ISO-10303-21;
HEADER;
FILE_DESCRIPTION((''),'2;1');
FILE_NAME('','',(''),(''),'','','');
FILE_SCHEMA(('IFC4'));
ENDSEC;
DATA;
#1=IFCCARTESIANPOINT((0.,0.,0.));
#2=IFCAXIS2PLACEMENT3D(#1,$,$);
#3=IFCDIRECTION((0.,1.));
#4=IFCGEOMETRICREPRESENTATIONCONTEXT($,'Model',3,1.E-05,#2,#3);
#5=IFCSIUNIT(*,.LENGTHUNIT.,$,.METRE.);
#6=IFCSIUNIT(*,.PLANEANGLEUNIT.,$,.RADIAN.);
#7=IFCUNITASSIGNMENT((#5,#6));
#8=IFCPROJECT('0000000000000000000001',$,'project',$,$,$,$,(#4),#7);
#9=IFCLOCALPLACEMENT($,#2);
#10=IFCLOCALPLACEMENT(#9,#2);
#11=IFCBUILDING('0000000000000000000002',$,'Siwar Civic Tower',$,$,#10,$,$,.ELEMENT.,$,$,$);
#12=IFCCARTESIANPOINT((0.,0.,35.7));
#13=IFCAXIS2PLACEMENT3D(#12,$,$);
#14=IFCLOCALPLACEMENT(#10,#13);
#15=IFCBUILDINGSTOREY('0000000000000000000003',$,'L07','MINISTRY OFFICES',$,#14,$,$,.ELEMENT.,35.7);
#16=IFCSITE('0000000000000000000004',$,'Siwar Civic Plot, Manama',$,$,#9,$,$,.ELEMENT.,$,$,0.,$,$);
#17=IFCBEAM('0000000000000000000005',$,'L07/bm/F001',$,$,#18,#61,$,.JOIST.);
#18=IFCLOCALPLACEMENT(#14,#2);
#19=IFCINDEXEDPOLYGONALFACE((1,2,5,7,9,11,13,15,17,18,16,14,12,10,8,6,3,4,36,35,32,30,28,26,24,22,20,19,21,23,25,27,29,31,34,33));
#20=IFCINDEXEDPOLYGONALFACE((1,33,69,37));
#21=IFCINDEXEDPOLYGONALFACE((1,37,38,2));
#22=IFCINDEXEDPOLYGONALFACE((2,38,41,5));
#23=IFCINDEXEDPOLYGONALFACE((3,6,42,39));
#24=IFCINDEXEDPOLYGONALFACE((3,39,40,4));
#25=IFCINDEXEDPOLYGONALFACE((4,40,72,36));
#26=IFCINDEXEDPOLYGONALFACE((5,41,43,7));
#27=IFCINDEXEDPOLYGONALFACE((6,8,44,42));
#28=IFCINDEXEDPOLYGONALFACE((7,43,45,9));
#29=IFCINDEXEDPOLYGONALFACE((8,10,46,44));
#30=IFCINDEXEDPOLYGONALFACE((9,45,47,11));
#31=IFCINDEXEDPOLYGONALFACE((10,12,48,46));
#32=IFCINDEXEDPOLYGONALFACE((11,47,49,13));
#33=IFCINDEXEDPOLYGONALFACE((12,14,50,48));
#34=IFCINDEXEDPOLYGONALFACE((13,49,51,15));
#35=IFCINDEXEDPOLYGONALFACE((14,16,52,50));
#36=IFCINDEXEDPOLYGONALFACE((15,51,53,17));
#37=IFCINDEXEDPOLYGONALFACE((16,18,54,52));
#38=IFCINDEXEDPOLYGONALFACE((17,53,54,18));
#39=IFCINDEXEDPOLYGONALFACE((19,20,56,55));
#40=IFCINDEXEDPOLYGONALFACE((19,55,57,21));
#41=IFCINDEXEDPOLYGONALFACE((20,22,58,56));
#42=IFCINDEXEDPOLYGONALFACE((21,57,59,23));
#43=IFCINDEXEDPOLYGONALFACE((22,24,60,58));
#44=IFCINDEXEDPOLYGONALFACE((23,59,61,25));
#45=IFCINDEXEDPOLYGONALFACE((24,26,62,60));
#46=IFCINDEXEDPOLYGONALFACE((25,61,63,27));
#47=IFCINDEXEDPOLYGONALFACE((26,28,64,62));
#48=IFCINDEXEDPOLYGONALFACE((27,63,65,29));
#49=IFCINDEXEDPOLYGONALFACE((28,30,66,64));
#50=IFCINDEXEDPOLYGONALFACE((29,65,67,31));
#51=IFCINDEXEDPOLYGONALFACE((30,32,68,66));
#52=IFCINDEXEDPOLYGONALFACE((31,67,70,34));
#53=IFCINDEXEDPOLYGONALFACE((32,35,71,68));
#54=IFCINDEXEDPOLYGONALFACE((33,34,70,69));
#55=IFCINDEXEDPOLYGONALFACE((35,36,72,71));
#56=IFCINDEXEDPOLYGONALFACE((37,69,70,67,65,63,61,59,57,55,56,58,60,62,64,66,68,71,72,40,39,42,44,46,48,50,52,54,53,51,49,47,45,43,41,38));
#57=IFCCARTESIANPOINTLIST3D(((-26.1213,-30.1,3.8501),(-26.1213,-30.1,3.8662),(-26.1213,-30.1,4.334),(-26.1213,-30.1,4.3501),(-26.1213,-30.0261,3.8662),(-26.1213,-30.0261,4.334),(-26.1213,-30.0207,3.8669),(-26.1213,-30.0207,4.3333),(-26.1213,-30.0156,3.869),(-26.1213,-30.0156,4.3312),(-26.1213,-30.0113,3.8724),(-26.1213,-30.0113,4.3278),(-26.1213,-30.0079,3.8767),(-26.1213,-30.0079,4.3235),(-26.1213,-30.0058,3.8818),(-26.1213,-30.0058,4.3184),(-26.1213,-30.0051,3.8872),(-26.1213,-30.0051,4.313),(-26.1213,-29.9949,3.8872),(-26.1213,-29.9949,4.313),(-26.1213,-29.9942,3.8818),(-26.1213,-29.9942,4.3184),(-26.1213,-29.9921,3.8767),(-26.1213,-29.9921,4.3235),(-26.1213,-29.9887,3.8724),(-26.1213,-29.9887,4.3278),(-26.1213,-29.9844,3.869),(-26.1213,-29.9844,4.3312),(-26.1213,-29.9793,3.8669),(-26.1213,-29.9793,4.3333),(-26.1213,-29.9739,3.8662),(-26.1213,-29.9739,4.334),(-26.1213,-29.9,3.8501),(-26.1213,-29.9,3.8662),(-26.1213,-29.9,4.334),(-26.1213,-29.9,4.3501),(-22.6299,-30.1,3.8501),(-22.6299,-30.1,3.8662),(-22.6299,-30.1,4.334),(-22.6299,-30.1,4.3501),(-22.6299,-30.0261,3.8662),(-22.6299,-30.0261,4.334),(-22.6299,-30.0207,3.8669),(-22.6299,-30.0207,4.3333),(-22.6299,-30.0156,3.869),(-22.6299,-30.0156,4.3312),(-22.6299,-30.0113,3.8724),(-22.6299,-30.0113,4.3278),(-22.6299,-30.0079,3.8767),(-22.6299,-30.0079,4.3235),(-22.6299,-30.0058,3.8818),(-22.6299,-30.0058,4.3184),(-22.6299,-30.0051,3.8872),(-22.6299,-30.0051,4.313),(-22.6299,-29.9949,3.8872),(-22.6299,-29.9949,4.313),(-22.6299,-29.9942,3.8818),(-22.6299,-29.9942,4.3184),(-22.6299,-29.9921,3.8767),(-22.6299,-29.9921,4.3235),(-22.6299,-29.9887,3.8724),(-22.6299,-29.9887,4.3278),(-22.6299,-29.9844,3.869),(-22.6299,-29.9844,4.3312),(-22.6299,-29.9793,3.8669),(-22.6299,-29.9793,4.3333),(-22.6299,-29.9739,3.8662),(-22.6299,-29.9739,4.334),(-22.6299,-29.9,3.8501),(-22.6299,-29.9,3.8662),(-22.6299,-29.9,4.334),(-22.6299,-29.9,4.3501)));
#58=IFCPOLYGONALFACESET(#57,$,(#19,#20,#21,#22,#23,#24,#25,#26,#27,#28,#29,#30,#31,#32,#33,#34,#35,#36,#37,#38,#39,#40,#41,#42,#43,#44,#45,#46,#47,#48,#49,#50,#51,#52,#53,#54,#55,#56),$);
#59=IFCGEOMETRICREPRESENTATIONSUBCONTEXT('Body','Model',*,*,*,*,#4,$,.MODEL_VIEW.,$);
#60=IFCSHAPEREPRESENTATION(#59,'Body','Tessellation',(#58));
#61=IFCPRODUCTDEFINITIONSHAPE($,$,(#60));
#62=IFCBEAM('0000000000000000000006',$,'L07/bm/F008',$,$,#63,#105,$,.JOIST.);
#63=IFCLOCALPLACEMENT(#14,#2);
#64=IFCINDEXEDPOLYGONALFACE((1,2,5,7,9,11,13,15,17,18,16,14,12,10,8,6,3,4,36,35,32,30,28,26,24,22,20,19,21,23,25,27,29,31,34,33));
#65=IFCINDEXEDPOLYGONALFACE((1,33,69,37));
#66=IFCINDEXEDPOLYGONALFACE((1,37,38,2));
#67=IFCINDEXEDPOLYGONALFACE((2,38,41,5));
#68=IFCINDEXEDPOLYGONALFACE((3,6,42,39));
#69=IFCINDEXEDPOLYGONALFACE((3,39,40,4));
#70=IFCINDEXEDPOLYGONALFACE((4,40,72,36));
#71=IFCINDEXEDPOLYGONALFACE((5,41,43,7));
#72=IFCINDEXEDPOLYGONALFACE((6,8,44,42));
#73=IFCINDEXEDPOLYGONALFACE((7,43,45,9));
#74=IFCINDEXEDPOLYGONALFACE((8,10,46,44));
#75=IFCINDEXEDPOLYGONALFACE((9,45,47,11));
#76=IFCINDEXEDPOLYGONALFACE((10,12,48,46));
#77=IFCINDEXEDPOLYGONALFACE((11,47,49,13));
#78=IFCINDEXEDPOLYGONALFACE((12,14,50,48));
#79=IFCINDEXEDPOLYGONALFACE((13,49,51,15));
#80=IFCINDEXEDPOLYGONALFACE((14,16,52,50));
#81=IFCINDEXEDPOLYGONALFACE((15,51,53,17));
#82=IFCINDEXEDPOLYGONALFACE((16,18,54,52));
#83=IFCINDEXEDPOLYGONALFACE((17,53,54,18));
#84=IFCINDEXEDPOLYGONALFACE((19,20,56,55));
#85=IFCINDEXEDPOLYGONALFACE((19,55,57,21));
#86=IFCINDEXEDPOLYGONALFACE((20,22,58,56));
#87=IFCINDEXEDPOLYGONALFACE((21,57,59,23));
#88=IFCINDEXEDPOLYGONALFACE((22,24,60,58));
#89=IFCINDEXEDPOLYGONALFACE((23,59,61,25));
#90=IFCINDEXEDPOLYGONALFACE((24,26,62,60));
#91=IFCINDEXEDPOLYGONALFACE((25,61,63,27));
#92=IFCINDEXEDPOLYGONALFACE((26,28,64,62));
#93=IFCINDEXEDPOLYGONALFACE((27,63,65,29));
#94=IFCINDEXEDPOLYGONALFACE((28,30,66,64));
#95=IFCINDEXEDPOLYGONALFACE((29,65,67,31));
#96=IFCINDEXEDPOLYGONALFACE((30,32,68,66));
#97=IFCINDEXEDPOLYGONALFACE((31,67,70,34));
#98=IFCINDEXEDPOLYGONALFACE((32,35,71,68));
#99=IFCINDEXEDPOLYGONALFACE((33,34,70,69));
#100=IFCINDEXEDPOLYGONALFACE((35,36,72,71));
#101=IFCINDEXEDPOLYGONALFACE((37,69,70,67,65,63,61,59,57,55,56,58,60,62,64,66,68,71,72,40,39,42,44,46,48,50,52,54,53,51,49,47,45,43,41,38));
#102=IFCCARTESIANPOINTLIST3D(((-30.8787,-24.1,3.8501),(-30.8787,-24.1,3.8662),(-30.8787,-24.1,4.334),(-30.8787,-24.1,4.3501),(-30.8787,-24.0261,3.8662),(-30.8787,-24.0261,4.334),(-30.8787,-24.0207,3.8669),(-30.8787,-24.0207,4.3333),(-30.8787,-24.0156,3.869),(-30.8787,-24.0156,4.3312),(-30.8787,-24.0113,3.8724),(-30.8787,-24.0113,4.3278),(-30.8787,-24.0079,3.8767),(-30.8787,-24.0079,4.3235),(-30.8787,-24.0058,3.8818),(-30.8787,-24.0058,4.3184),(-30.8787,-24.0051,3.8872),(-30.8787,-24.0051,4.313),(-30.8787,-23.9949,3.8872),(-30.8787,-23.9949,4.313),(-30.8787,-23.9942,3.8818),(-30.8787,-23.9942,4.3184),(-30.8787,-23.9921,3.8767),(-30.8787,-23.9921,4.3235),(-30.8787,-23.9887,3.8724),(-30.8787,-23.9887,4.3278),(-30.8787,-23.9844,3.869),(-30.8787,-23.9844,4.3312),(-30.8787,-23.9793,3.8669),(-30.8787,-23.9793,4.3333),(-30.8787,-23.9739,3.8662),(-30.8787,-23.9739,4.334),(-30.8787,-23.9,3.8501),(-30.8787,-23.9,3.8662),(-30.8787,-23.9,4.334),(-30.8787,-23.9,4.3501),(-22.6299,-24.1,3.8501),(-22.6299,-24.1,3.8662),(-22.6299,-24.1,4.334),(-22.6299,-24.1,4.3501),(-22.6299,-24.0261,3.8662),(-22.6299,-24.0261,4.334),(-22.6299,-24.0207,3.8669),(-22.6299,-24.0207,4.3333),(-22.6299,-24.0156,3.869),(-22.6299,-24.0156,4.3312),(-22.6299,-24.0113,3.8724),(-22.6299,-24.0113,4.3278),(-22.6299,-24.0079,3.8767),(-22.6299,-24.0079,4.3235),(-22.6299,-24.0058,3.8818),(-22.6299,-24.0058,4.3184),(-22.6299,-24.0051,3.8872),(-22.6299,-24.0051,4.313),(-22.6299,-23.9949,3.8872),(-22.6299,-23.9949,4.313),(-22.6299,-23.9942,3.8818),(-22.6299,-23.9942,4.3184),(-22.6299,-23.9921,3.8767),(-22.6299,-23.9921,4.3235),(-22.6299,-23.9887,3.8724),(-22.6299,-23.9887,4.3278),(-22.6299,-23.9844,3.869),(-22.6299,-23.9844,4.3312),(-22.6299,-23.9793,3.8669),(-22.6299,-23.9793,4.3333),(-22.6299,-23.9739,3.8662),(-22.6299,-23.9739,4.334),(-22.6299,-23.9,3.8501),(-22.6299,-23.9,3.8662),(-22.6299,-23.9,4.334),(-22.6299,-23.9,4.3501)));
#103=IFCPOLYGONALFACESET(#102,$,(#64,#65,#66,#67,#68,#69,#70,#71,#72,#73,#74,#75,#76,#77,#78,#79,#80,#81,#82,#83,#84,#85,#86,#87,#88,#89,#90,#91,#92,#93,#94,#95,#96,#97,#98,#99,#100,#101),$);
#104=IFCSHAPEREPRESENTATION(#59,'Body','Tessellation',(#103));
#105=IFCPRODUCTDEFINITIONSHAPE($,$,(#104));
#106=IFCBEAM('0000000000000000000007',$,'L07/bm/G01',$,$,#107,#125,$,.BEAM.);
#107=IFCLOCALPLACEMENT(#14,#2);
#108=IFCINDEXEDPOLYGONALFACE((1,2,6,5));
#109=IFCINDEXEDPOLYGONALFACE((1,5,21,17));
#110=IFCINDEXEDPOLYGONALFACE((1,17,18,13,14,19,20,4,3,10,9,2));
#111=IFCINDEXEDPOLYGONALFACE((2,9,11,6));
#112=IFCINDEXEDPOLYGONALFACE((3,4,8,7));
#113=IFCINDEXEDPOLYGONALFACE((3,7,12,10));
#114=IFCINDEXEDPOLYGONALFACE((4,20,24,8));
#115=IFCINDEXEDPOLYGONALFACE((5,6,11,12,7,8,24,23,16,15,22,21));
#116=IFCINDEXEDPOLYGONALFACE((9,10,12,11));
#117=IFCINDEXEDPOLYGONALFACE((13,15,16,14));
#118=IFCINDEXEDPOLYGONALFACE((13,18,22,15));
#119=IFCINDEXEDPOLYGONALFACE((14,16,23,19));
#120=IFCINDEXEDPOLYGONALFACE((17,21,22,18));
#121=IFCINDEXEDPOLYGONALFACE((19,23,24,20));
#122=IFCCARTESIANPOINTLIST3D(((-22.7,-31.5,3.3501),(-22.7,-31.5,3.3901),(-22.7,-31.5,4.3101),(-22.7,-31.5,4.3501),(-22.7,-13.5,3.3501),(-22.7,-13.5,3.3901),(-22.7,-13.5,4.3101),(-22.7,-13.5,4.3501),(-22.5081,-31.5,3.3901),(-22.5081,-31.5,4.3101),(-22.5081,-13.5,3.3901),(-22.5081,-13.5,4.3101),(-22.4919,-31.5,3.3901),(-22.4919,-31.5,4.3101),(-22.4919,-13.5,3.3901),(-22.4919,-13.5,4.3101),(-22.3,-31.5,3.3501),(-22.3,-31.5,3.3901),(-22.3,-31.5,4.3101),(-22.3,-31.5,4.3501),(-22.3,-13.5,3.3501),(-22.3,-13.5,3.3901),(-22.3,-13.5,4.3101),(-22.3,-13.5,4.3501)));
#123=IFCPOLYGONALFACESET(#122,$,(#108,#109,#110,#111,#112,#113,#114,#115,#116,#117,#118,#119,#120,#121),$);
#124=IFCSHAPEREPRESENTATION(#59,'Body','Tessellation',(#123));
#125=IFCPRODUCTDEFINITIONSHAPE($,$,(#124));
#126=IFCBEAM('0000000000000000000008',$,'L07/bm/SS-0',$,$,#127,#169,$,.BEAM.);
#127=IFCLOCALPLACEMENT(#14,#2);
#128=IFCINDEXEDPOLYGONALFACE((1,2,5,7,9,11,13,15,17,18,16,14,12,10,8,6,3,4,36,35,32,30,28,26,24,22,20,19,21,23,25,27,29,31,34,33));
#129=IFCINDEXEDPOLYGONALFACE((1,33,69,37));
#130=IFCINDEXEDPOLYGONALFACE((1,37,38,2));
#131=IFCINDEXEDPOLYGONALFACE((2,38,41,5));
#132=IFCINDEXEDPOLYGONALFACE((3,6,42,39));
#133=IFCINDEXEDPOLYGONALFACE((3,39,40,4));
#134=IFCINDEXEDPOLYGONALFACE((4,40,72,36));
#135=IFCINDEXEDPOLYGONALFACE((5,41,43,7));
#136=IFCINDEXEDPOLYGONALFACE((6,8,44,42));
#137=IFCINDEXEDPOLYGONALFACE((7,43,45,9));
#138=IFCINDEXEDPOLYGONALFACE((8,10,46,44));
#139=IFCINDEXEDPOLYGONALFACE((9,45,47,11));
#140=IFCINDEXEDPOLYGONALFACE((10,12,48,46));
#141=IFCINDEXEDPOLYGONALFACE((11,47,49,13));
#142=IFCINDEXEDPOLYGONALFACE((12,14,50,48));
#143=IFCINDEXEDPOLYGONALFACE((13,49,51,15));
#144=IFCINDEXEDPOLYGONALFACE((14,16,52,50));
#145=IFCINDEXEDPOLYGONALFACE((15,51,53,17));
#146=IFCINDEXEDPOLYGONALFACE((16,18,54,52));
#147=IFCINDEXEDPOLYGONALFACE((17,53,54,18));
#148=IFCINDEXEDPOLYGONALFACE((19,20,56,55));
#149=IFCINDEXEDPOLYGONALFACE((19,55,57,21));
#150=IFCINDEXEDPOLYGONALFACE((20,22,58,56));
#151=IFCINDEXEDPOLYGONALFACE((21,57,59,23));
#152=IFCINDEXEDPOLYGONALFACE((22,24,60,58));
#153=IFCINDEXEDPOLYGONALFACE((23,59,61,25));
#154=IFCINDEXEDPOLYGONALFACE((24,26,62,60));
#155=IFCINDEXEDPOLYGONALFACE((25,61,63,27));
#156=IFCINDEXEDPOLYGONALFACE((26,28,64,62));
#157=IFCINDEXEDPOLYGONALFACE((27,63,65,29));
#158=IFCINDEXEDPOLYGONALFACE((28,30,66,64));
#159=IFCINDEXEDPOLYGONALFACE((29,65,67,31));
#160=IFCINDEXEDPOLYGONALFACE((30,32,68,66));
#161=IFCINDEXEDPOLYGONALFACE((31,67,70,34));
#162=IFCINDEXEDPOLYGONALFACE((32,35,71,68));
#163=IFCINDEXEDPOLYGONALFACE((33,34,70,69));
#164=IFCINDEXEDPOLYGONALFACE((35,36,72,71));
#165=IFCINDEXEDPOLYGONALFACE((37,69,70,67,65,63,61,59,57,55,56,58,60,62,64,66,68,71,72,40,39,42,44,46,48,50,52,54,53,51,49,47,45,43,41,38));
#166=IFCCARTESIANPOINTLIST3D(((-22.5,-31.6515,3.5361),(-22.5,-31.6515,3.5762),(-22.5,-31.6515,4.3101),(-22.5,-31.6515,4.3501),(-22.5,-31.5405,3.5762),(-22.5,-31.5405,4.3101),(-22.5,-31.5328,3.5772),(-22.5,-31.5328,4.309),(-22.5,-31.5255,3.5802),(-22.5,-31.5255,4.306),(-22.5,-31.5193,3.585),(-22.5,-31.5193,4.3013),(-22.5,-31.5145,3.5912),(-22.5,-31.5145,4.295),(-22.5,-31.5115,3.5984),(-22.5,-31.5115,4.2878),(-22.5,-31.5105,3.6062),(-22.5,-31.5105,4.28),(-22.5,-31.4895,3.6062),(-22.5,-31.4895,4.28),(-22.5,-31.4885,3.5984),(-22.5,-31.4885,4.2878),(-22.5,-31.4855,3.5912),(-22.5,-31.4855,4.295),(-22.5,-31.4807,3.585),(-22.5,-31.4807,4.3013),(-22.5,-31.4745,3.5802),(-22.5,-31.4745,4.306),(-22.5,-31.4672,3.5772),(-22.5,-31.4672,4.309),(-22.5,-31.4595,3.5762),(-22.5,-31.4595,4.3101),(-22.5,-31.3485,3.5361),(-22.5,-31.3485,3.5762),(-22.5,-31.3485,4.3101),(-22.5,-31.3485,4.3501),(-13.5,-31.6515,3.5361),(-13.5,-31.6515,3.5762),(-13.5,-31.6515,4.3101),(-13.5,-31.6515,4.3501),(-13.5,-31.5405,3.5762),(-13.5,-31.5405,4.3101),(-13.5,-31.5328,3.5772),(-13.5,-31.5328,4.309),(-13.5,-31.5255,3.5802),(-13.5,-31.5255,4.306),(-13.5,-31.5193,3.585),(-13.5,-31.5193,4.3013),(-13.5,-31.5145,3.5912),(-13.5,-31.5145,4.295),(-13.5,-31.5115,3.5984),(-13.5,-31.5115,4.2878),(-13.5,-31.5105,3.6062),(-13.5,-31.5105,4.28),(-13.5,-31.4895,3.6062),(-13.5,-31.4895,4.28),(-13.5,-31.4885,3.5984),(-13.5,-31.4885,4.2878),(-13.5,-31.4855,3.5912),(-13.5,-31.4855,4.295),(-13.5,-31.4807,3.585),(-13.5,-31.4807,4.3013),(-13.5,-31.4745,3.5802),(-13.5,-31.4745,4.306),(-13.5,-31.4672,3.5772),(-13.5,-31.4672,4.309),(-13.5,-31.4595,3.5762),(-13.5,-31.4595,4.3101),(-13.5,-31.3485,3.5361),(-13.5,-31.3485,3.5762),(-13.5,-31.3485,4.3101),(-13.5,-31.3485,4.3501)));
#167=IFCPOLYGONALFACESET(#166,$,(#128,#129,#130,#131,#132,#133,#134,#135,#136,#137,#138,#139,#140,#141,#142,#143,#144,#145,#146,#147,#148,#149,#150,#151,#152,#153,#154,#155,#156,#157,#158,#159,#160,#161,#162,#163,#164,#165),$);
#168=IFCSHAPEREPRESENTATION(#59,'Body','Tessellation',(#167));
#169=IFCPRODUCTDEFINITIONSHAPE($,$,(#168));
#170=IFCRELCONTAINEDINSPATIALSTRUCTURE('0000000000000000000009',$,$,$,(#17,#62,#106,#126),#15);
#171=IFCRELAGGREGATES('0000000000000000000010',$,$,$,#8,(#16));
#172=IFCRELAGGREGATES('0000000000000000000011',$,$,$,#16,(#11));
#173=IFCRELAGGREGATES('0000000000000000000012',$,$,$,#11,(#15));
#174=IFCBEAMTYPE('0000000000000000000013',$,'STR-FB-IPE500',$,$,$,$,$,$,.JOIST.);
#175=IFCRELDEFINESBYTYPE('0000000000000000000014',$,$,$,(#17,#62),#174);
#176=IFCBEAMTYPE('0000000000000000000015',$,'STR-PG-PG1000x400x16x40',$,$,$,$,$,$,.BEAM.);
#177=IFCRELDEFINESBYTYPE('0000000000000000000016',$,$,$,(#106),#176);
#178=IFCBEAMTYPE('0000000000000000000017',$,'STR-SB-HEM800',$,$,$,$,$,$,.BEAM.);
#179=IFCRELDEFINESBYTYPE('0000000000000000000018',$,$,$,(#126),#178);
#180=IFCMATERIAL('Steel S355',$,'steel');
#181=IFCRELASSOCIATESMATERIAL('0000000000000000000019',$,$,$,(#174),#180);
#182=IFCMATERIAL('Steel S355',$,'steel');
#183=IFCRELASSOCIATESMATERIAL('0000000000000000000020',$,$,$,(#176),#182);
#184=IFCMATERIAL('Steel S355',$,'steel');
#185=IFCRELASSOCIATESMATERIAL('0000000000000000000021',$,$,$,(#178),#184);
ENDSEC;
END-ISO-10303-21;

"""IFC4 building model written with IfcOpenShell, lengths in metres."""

from ifc_helpers import new_model, si_unit, direction, frame, origin, origin_2d, place, context, subcontext, project, spatial, i_section, extrude, material, material_profile, profile_set, type_object, element, save


model = new_model("IFC4")

# Units and contexts
model_context = context("Model", 3, precision=1e-05, world=origin(), true_north=direction((0.0, 1.0)))
body_context = subcontext(model_context, "Body", "Model", "MODEL_VIEW")
ifc_project = project(units=[si_unit("LENGTHUNIT", "METRE"), si_unit("PLANEANGLEUNIT", "RADIAN")], contexts=[model_context])

# Site, building, storey
site_placement = place(None, origin())
site = spatial("IfcSite", under=ifc_project, at=site_placement, Name="Siwar Civic Plot, Manama", CompositionType="ELEMENT", RefElevation=0.0)
building_placement = place(site_placement, origin())
building = spatial("IfcBuilding", under=site, at=building_placement, Name="Siwar Civic Tower", CompositionType="ELEMENT")
storey_placement = place(building_placement, frame((0.0, 0.0, 35.7)))
storey = spatial("IfcBuildingStorey", under=building, at=storey_placement, Name="L07", Description="MINISTRY OFFICES", CompositionType="ELEMENT", Elevation=35.7)

# Beams
ifc_material_1 = material(Name="Steel S355", Category="steel")
ifc_material_profile_1 = material_profile(ifc_material_1, i_section(OverallWidth=0.2, OverallDepth=0.5, WebThickness=0.0103, FlangeThickness=0.0161, FilletRadius=0.021, at=origin_2d()), Name="IPE500")
ifc_profile_set_1 = profile_set([ifc_material_profile_1], Name="Steel S355")
beam_type_1 = type_object("IfcBeamType", Name="STR-FB-IPE500", PredefinedType="JOIST", material=ifc_profile_set_1)
beam_1_placement = place(storey_placement, frame((-26.1213, -30.0, 4.1001), z_axis=(1.0, 0.0, 0.0), x_axis=(0.0, 1.0, 0.0)))
element("IfcBeam", 1, at=beam_1_placement, inside=storey, type_object=beam_type_1, Name="L07/bm/F001", PredefinedType="JOIST", context=body_context, shape_type="SweptSolid", body=[
    extrude(i_section(OverallWidth=0.2, OverallDepth=0.5, WebThickness=0.0103, FlangeThickness=0.0161, FilletRadius=0.021, at=origin_2d()), origin(), (0.0, 0.0, 1.0), 3.4915),
])
beam_2_placement = place(storey_placement, frame((-30.8787, -24.0, 4.1001), z_axis=(1.0, 0.0, 0.0), x_axis=(0.0, 1.0, 0.0)))
element("IfcBeam", 2, at=beam_2_placement, inside=storey, type_object=beam_type_1, Name="L07/bm/F008", PredefinedType="JOIST", context=body_context, shape_type="SweptSolid", body=[
    extrude(i_section(OverallWidth=0.2, OverallDepth=0.5, WebThickness=0.0103, FlangeThickness=0.0161, FilletRadius=0.021, at=origin_2d()), origin(), (0.0, 0.0, 1.0), 8.2488),
])
ifc_material_2 = material(Name="Steel S355", Category="steel")
ifc_material_profile_2 = material_profile(ifc_material_2, i_section(OverallWidth=0.3999, OverallDepth=1.0, WebThickness=0.0161, FlangeThickness=0.04, at=origin_2d()), Name="PG1000x400x16x40")
ifc_profile_set_2 = profile_set([ifc_material_profile_2], Name="Steel S355")
beam_type_2 = type_object("IfcBeamType", Name="STR-PG-PG1000x400x16x40", PredefinedType="BEAM", material=ifc_profile_set_2)
beam_3_placement = place(storey_placement, frame((-22.5, -31.5, 3.8501), z_axis=(0.0, 1.0, 0.0), x_axis=(-1.0, 0.0, 0.0)))
element("IfcBeam", 3, at=beam_3_placement, inside=storey, type_object=beam_type_2, Name="L07/bm/G01", PredefinedType="BEAM", context=body_context, shape_type="SweptSolid", body=[
    extrude(i_section(OverallWidth=0.3999, OverallDepth=1.0, WebThickness=0.0161, FlangeThickness=0.04, at=origin_2d()), origin(), (0.0, 0.0, 1.0), 18.0),
])
ifc_material_3 = material(Name="Steel S355", Category="steel")
ifc_material_profile_3 = material_profile(ifc_material_3, i_section(OverallWidth=0.303, OverallDepth=0.814, WebThickness=0.021, FlangeThickness=0.04, FilletRadius=0.03, at=origin_2d()), Name="HEM800")
ifc_profile_set_3 = profile_set([ifc_material_profile_3], Name="Steel S355")
beam_type_3 = type_object("IfcBeamType", Name="STR-SB-HEM800", PredefinedType="BEAM", material=ifc_profile_set_3)
beam_4_placement = place(storey_placement, frame((-22.5, -31.5, 3.9431), z_axis=(1.0, 0.0, 0.0), x_axis=(0.0, 1.0, 0.0)))
element("IfcBeam", 4, at=beam_4_placement, inside=storey, type_object=beam_type_3, Name="L07/bm/SS-0", PredefinedType="BEAM", context=body_context, shape_type="SweptSolid", body=[
    extrude(i_section(OverallWidth=0.303, OverallDepth=0.814, WebThickness=0.021, FlangeThickness=0.04, FilletRadius=0.03, at=origin_2d()), origin(), (0.0, 0.0, 1.0), 9.0),
])

save(model, "model.ifc")
